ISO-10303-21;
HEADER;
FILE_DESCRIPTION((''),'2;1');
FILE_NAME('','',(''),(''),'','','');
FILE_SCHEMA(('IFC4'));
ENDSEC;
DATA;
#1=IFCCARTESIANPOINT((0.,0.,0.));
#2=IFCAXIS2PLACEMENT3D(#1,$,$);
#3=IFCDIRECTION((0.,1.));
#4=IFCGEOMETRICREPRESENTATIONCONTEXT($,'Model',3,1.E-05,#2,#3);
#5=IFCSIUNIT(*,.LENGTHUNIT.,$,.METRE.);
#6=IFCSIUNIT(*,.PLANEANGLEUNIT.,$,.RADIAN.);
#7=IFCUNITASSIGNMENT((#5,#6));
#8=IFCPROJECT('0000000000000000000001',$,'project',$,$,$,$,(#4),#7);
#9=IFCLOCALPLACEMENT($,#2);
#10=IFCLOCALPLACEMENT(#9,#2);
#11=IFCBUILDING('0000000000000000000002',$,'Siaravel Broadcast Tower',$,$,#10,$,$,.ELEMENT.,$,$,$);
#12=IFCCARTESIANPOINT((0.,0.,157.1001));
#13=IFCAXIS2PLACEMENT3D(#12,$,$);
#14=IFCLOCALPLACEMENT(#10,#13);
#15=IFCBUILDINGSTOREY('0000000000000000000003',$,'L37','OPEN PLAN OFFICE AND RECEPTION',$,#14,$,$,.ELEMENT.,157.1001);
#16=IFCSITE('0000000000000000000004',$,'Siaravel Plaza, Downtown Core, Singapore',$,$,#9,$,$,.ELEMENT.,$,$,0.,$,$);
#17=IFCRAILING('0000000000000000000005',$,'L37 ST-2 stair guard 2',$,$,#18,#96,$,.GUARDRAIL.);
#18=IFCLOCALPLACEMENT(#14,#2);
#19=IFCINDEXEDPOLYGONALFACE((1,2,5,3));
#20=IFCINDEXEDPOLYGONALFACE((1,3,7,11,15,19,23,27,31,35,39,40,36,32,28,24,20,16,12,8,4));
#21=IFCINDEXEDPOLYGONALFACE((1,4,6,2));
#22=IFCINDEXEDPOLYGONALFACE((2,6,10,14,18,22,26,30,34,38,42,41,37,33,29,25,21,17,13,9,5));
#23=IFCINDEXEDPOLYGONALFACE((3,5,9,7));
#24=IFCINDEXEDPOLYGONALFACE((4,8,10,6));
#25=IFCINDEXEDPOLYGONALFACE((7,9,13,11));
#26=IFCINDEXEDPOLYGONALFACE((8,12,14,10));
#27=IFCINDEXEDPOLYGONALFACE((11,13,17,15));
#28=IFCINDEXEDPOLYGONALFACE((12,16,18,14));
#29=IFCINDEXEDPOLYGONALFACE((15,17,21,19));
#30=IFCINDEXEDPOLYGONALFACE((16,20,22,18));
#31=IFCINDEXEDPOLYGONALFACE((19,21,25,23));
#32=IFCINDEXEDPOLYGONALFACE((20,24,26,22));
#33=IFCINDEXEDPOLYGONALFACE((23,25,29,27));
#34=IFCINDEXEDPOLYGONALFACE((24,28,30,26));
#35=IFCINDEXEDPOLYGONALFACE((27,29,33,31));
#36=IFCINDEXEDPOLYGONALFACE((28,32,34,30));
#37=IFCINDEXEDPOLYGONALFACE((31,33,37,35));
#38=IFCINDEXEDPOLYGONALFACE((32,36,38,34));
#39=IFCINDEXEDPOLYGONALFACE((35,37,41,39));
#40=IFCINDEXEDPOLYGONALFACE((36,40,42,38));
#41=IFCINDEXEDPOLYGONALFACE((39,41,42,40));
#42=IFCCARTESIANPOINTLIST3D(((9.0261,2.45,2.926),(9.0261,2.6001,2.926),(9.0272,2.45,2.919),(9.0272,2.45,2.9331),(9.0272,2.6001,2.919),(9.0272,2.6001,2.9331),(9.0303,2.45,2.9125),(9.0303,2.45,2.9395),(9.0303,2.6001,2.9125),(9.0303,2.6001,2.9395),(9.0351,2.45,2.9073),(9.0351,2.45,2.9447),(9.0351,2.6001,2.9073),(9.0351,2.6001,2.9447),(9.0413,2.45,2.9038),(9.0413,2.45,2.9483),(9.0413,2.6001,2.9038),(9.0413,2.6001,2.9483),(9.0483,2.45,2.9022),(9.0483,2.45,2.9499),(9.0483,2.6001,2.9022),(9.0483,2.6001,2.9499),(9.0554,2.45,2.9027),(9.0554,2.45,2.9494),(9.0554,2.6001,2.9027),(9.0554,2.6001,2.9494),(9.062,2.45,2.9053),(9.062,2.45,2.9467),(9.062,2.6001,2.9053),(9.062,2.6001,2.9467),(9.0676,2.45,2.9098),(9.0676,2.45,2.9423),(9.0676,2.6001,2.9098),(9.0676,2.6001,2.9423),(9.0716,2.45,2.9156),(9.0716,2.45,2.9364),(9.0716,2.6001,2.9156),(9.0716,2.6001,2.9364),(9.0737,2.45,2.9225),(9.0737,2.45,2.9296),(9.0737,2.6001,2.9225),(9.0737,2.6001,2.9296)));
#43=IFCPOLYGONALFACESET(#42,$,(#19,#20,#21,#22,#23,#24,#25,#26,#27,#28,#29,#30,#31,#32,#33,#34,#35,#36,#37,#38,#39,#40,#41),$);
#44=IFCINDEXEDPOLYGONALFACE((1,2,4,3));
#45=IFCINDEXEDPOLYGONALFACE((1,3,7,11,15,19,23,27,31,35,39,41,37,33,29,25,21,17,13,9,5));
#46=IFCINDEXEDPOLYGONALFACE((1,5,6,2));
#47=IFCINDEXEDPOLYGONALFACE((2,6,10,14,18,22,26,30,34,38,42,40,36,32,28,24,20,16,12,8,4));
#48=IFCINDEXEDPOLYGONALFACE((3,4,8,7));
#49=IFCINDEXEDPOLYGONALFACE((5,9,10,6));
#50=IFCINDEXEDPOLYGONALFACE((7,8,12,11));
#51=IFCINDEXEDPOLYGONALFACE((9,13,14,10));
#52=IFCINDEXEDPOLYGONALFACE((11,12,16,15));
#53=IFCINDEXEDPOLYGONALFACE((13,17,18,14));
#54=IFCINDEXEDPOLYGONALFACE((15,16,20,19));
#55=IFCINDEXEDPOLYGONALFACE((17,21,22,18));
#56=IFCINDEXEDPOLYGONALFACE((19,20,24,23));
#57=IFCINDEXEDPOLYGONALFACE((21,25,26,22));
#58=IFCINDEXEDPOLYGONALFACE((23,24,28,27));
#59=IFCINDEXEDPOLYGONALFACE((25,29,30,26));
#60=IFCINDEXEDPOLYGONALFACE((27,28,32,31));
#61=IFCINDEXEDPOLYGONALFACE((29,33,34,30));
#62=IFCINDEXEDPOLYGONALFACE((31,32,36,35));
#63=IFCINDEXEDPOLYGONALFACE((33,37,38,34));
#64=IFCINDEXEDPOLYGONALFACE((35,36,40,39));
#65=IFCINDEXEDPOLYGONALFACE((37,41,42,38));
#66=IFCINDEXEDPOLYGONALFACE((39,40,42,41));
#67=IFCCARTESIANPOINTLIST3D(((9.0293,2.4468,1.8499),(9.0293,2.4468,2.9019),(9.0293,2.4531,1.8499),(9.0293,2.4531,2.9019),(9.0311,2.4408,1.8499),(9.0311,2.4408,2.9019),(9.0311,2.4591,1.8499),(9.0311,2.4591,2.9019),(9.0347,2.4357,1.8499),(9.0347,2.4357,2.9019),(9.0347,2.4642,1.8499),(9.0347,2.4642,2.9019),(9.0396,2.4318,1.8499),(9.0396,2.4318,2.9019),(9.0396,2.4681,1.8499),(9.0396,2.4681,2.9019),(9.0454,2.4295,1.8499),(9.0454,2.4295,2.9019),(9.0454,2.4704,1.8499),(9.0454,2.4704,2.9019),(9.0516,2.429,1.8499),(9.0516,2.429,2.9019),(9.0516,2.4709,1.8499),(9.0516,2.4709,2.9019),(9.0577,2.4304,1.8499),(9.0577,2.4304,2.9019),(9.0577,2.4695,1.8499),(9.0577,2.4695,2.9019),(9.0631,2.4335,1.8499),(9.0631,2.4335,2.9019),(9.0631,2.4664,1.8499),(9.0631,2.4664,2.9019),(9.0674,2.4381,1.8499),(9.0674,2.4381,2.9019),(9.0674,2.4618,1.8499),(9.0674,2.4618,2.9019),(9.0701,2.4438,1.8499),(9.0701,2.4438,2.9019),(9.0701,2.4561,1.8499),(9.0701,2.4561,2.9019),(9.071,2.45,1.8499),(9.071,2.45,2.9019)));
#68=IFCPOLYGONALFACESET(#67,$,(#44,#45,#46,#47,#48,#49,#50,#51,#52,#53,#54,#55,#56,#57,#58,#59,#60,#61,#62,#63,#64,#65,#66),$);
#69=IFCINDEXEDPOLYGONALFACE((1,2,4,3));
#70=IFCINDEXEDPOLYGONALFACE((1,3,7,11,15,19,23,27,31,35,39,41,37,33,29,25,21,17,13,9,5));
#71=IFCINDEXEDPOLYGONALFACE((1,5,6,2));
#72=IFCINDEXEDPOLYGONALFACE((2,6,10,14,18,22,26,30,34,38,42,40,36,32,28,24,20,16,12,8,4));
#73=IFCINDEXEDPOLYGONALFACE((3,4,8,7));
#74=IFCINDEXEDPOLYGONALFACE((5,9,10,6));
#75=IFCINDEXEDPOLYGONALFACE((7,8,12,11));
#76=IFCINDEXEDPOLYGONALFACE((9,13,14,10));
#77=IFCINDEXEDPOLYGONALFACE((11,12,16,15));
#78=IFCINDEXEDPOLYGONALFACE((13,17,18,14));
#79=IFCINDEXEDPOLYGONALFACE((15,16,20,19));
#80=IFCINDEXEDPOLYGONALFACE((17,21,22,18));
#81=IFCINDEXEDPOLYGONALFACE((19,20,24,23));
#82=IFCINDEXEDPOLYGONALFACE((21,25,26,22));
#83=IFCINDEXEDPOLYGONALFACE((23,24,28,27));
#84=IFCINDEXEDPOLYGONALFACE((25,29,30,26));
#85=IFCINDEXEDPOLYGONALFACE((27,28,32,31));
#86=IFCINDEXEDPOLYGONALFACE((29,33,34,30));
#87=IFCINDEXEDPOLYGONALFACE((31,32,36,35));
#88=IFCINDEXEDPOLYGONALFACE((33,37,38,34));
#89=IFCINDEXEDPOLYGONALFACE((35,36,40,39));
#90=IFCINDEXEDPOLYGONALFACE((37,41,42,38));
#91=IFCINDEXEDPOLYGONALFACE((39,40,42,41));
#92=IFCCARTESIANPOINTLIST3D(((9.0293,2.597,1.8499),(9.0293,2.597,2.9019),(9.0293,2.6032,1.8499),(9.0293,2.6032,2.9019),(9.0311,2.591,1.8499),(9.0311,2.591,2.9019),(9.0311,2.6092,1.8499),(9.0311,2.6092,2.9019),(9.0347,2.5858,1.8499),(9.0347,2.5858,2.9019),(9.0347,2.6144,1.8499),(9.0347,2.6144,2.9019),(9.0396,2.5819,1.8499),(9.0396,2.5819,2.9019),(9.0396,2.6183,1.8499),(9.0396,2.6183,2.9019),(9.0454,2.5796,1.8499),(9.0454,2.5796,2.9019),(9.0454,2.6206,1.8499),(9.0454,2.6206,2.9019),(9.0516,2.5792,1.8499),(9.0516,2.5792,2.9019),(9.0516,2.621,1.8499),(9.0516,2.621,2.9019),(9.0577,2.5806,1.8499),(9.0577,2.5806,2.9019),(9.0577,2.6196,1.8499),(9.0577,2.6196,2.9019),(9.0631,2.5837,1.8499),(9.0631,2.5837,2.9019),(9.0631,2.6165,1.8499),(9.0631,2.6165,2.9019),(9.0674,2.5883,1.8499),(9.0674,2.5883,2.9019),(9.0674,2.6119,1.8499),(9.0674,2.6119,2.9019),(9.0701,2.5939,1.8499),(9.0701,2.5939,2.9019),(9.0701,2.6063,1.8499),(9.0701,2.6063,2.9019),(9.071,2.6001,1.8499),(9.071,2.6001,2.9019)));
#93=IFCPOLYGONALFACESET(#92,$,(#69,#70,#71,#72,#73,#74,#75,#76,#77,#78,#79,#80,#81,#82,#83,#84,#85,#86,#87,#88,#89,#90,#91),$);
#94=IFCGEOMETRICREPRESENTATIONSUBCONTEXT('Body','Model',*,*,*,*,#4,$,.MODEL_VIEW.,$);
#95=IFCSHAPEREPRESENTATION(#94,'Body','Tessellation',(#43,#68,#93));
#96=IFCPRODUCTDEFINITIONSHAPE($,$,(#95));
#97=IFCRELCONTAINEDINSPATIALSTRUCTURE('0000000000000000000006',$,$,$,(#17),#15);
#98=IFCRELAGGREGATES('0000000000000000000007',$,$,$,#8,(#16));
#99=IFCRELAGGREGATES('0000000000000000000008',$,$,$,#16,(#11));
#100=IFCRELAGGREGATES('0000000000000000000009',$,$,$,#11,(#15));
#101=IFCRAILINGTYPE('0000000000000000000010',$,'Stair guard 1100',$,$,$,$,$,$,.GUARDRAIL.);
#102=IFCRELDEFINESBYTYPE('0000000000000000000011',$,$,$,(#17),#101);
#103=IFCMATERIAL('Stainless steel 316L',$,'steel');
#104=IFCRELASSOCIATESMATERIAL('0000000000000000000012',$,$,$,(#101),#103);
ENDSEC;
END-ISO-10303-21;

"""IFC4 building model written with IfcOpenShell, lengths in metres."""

from ifc_helpers import new_model, si_unit, direction, frame, origin, origin_2d, place, context, subcontext, project, spatial, circle, extrude, material, type_object, element, save


model = new_model("IFC4")

# Units and contexts
model_context = context("Model", 3, precision=1e-05, world=origin(), true_north=direction((0.0, 1.0)))
body_context = subcontext(model_context, "Body", "Model", "MODEL_VIEW")
ifc_project = project(units=[si_unit("LENGTHUNIT", "METRE"), si_unit("PLANEANGLEUNIT", "RADIAN")], contexts=[model_context])

# Site, building, storey
site_placement = place(None, origin())
site = spatial("IfcSite", under=ifc_project, at=site_placement, Name="Siaravel Plaza, Downtown Core, Singapore", CompositionType="ELEMENT", RefElevation=0.0)
building_placement = place(site_placement, origin())
building = spatial("IfcBuilding", under=site, at=building_placement, Name="Siaravel Broadcast Tower", CompositionType="ELEMENT")
storey_placement = place(building_placement, frame((0.0, 0.0, 157.1001)))
storey = spatial("IfcBuildingStorey", under=building, at=storey_placement, Name="L37", Description="OPEN PLAN OFFICE AND RECEPTION", CompositionType="ELEMENT", Elevation=157.1001)

# Railing
ifc_material_1 = material(Name="Stainless steel 316L", Category="steel")
railing_type_1 = type_object("IfcRailingType", Name="Stair guard 1100", PredefinedType="GUARDRAIL", material=ifc_material_1)
railing_1_placement = place(storey_placement, frame((9.05, 2.45, 1.8499)))
element("IfcRailing", 1, at=railing_1_placement, inside=storey, type_object=railing_type_1, Name="L37 ST-2 stair guard 2", PredefinedType="GUARDRAIL", context=body_context, shape_type="SweptSolid", body=[
    extrude(circle(Radius=0.0239, at=origin_2d()), frame((0.0, 0.0, 1.0762), z_axis=(0.0, 1.0, 0.0), x_axis=(-1.0, 0.0, 0.0)), (0.0, 0.0, 1.0), 0.1501),
    extrude(circle(Radius=0.021, at=origin_2d()), origin(), (0.0, 0.0, 1.0), 1.052),
    extrude(circle(Radius=0.021, at=origin_2d()), frame((0.0, 0.1501, 0.0)), (0.0, 0.0, 1.0), 1.052),
])

save(model, "model.ifc")
